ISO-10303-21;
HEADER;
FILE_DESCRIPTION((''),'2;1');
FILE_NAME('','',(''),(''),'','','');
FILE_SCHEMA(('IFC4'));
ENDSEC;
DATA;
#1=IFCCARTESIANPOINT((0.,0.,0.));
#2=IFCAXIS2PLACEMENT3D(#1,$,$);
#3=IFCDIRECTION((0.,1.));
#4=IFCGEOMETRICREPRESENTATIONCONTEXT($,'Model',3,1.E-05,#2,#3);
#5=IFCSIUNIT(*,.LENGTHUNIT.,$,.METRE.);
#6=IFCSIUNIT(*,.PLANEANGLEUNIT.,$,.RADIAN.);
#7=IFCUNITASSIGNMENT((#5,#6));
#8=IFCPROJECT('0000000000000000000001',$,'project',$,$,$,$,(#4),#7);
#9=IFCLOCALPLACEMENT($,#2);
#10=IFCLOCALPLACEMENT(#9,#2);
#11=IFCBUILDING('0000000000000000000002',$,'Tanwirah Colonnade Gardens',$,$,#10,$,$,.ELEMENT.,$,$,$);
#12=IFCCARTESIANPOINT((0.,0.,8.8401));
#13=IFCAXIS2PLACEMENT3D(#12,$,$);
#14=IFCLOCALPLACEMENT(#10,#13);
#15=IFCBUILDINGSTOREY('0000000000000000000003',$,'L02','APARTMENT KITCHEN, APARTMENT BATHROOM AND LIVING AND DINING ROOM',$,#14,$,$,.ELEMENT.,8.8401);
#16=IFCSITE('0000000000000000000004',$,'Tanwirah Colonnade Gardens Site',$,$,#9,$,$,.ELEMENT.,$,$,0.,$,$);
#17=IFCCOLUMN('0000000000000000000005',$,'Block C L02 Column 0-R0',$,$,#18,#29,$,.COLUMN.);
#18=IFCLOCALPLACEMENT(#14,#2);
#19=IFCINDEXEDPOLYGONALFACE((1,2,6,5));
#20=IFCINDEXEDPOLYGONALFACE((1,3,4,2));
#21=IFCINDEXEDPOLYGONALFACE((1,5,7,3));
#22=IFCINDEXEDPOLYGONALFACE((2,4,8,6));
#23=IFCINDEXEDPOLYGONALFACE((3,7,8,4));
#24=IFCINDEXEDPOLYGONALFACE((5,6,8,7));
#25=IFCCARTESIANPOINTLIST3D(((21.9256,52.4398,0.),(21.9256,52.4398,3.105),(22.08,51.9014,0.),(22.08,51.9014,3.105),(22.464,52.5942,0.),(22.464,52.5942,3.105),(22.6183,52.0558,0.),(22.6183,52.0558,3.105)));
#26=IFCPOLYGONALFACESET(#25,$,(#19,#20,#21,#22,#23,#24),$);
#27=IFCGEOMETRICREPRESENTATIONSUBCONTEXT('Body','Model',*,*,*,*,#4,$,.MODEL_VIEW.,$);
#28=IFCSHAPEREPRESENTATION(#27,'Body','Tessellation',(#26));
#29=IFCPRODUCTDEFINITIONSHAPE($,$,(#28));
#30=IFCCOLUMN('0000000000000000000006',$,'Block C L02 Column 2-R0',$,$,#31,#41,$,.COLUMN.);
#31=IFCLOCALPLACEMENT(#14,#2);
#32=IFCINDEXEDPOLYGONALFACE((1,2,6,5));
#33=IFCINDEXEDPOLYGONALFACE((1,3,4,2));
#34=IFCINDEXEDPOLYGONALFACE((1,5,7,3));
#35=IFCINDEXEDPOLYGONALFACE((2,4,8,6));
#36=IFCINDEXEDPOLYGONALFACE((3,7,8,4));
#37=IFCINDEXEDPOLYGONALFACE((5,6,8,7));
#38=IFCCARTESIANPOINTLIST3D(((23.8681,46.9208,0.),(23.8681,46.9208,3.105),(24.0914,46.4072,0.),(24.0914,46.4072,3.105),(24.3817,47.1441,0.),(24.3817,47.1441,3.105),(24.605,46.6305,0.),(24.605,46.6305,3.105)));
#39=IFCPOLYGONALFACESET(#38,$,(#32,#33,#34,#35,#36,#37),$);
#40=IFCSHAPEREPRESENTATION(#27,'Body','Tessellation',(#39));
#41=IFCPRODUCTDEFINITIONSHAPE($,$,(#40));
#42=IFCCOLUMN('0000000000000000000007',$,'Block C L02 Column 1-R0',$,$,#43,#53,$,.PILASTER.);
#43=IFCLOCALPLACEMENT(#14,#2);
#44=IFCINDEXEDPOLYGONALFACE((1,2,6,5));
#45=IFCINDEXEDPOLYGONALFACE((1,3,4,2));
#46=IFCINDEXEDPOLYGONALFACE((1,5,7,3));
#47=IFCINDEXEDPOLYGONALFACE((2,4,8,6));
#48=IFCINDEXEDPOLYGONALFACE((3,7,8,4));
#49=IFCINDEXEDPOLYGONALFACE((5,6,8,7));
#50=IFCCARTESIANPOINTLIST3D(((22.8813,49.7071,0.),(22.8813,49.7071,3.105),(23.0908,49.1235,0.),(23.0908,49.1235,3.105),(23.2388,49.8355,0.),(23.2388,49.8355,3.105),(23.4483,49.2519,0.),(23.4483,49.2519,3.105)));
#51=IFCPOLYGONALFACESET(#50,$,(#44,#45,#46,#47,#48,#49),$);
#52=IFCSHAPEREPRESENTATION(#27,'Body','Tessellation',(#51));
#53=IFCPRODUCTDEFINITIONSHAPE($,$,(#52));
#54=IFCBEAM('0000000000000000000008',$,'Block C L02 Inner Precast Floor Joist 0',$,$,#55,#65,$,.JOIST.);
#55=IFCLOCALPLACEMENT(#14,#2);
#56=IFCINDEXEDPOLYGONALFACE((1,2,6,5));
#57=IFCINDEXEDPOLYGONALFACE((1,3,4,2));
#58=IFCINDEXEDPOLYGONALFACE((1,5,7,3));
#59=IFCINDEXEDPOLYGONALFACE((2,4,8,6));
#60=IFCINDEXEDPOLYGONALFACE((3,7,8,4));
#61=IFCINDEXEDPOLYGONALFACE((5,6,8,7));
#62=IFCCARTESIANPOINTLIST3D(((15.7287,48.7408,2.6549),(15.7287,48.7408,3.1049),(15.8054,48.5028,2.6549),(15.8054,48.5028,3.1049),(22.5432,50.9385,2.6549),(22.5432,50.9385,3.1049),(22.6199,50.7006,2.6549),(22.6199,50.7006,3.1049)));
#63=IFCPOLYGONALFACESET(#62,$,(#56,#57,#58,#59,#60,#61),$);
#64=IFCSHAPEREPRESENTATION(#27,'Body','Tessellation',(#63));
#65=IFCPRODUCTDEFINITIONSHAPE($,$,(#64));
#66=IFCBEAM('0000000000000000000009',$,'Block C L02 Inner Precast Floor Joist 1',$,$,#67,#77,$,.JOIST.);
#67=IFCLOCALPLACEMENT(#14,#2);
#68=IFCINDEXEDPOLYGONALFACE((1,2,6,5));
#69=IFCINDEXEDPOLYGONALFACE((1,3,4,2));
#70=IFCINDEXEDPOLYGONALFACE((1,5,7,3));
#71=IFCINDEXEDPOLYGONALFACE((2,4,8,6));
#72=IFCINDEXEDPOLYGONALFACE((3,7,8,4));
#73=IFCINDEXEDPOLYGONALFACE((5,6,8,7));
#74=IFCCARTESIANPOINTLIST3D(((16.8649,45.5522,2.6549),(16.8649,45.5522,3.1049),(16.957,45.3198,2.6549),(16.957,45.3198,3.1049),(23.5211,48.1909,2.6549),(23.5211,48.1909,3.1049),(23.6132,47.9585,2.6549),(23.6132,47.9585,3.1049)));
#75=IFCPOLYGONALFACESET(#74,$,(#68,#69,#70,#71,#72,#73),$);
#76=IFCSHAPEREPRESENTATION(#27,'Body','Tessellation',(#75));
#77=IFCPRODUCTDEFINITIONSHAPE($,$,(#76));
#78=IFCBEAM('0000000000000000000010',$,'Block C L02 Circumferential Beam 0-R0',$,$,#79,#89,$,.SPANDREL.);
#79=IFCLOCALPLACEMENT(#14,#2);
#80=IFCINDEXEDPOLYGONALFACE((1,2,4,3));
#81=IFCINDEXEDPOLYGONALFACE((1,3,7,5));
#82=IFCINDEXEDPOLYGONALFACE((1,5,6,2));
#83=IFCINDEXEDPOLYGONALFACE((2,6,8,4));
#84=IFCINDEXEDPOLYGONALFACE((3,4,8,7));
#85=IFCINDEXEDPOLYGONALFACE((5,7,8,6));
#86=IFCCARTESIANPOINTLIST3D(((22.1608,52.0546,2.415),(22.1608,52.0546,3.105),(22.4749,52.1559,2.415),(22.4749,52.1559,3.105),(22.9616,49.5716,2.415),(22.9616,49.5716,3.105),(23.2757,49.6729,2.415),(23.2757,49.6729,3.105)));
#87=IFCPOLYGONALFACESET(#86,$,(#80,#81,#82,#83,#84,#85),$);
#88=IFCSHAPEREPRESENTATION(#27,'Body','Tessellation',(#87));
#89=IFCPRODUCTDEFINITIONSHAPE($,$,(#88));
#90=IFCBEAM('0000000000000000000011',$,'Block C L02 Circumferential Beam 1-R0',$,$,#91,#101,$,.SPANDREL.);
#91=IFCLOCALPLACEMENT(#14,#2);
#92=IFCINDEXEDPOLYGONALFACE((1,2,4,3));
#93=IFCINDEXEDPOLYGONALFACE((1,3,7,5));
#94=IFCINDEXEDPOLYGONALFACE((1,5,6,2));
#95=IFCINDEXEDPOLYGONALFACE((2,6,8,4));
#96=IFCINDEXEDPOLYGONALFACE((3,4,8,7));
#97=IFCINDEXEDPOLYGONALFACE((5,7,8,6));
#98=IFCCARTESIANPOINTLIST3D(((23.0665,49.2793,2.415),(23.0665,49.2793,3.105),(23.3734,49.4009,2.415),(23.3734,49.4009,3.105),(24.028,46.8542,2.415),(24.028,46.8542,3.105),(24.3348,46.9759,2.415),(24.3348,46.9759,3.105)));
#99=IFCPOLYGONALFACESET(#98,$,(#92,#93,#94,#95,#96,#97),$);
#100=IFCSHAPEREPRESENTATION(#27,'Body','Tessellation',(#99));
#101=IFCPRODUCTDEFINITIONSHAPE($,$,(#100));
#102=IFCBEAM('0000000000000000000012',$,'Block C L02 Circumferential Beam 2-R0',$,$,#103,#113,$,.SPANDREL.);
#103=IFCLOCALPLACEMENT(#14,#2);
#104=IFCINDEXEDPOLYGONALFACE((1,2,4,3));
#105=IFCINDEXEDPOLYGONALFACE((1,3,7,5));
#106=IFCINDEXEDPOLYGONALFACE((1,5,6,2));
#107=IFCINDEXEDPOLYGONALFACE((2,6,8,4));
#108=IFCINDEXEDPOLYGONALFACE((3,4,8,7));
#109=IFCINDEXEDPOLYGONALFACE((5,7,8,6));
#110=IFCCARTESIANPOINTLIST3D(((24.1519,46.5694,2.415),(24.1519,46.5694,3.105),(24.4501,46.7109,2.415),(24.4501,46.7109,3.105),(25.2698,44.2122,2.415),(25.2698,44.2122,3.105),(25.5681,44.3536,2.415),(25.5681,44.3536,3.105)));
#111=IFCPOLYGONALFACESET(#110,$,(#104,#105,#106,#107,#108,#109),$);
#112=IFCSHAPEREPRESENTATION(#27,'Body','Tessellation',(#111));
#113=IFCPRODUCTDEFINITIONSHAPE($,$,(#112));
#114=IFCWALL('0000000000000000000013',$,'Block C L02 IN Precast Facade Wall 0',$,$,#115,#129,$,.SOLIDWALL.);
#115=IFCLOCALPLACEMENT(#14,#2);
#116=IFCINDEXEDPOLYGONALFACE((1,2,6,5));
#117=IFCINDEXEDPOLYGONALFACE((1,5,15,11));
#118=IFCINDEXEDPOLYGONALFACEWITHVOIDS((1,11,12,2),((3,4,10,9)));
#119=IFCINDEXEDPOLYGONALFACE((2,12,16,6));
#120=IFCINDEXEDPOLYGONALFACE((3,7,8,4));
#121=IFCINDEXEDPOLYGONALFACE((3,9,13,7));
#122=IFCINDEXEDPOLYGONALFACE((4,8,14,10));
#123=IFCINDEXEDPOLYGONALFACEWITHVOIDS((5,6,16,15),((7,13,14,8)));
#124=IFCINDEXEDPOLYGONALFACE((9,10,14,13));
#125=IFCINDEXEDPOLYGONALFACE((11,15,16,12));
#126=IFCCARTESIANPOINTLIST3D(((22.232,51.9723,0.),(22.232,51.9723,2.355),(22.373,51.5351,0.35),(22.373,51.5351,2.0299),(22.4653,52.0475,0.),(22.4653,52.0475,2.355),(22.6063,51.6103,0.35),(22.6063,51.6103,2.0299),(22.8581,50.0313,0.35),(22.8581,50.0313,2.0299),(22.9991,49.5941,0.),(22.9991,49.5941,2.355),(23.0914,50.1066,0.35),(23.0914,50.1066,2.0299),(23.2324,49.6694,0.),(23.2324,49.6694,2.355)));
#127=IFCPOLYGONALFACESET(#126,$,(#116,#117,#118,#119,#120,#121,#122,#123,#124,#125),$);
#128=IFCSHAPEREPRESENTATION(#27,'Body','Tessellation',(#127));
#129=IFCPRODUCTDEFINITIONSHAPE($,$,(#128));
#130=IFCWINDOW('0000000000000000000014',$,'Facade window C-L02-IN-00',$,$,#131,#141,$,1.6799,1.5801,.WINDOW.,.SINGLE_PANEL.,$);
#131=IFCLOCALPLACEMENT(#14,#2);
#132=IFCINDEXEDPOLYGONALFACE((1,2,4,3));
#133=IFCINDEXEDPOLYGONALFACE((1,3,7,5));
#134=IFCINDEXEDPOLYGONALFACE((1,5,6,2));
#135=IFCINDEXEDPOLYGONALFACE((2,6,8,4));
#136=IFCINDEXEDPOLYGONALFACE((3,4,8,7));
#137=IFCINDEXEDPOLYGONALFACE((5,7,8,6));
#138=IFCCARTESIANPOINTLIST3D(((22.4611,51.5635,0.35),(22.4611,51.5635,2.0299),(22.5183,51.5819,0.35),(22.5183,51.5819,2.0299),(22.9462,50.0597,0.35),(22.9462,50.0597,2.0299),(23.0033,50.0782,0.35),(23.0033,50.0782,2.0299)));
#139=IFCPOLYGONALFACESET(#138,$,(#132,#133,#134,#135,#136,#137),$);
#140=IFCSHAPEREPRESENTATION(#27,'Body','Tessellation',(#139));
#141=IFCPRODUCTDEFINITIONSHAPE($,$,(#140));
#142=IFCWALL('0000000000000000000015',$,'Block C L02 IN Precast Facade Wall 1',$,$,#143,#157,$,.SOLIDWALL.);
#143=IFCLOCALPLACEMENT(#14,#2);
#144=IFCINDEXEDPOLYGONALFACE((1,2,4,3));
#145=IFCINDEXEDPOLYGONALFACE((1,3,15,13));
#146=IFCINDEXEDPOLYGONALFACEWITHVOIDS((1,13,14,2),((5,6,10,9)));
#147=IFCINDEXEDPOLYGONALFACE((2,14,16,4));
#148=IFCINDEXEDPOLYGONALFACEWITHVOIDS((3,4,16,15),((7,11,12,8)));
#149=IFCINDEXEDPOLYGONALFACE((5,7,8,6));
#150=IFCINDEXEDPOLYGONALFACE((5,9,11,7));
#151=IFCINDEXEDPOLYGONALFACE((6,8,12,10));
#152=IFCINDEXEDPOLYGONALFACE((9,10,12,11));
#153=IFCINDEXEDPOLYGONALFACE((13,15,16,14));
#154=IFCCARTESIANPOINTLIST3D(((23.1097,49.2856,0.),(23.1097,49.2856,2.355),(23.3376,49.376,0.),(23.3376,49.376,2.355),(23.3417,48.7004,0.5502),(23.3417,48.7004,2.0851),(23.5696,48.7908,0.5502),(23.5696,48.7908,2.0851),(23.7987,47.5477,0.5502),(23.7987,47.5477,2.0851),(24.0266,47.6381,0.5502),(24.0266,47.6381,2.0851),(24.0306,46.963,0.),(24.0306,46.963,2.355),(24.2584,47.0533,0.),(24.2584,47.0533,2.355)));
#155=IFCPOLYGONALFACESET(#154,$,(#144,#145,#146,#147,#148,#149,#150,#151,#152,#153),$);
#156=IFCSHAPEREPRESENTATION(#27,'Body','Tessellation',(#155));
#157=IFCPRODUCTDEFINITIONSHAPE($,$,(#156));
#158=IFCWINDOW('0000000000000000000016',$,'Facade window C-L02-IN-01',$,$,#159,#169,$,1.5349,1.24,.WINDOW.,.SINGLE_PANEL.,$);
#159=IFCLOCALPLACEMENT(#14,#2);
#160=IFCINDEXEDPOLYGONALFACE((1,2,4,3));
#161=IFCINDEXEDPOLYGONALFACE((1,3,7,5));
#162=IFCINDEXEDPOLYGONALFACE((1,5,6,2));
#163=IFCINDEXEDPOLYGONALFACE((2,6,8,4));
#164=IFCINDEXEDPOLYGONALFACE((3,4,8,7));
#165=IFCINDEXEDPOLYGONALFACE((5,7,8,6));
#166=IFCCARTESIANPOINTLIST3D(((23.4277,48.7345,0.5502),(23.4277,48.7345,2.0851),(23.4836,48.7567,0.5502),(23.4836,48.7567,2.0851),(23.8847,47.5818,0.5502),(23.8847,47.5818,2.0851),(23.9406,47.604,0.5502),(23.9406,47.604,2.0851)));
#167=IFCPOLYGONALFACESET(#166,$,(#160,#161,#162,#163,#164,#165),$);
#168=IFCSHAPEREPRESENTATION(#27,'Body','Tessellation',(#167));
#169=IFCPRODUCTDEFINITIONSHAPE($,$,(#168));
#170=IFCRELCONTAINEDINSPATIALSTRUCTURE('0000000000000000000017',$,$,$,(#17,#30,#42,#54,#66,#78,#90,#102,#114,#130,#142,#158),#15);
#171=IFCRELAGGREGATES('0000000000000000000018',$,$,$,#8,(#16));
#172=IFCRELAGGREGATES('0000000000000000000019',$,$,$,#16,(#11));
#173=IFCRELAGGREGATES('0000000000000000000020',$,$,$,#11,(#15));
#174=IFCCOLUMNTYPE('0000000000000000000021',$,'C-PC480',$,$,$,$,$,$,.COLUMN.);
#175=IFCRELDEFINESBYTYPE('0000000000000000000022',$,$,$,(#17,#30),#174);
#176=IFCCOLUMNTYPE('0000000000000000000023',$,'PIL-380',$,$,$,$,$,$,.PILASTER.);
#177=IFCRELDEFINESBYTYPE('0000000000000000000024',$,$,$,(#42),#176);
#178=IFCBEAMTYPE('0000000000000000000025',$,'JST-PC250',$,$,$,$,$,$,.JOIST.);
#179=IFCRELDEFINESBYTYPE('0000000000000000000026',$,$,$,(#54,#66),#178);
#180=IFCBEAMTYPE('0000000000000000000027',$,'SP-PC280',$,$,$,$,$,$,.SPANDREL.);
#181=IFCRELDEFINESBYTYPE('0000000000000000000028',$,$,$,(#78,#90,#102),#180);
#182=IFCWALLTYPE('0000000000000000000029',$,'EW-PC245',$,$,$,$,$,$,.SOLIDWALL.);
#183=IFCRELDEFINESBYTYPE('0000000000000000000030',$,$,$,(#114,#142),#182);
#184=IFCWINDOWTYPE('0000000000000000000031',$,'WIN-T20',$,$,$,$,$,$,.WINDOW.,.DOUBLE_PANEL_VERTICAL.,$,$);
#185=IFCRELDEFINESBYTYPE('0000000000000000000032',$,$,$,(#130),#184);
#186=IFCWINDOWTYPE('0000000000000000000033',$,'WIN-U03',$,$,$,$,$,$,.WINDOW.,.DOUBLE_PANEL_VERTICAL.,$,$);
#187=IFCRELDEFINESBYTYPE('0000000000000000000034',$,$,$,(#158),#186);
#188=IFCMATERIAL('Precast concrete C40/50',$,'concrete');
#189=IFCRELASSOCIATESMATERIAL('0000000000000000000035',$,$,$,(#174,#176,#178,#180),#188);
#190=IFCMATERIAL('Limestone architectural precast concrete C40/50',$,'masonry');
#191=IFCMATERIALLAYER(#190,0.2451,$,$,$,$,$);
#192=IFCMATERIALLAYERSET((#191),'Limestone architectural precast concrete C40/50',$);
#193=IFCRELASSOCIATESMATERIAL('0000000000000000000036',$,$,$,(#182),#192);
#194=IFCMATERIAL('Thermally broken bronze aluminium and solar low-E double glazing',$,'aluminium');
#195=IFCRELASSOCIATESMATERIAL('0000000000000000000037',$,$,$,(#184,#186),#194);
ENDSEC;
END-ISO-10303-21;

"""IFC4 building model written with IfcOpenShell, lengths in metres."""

from ifc_helpers import new_model, si_unit, direction, frame, frame_2d, origin, origin_2d, place, context, subcontext, project, spatial, rectangle, extrude, material, layer, layer_set, material_profile, profile_set, type_object, element, fill, save


model = new_model("IFC4")

# Units and contexts
model_context = context("Model", 3, precision=1e-05, world=origin(), true_north=direction((0.0, 1.0)))
body_context = subcontext(model_context, "Body", "Model", "MODEL_VIEW")
ifc_project = project(units=[si_unit("LENGTHUNIT", "METRE"), si_unit("PLANEANGLEUNIT", "RADIAN")], contexts=[model_context])

# Site, building, storey
site_placement = place(None, origin())
site = spatial("IfcSite", under=ifc_project, at=site_placement, Name="Tanwirah Colonnade Gardens Site", CompositionType="ELEMENT", RefElevation=0.0)
building_placement = place(site_placement, origin())
building = spatial("IfcBuilding", under=site, at=building_placement, Name="Tanwirah Colonnade Gardens", CompositionType="ELEMENT")
storey_placement = place(building_placement, frame((0.0, 0.0, 8.8401)))
storey = spatial("IfcBuildingStorey", under=building, at=storey_placement, Name="L02", Description="APARTMENT KITCHEN, APARTMENT BATHROOM AND LIVING AND DINING ROOM", CompositionType="ELEMENT", Elevation=8.8401)

# Columns
ifc_material_1 = material(Name="Precast concrete C40/50", Category="concrete")
ifc_material_profile_1 = material_profile(ifc_material_1, rectangle(XDim=0.5601, YDim=0.5601, at=origin_2d()), Name="PC-COL 560x560")
ifc_profile_set_1 = profile_set([ifc_material_profile_1], Name="Precast concrete C40/50")
column_type_1 = type_object("IfcColumnType", Name="C-PC480", PredefinedType="COLUMN", material=ifc_profile_set_1)
for number, where, z_axis, x_axis, name in (
    (1, (22.272, 52.2478, 0.0), (0.0, 0.0, 1.0), (-0.961262, -0.275637, 0.0), "Block C L02 Column 0-R0"),
    (2, (24.2366, 46.7756, 0.0), (0.0, 0.0, 1.0), (-0.91706, -0.398749, 0.0), "Block C L02 Column 2-R0"),
):
    element("IfcColumn", number, at=place(storey_placement, frame(where, z_axis=z_axis, x_axis=x_axis)), inside=storey, type_object=column_type_1, Name=name, PredefinedType="COLUMN", context=body_context, shape_type="SweptSolid", body=[
        extrude(rectangle(XDim=0.5601, YDim=0.5601, at=origin_2d()), origin(), (0.0, 0.0, 1.0), 3.105),
    ])
ifc_material_profile_2 = material_profile(ifc_material_1, rectangle(XDim=0.3799, YDim=0.6201, at=origin_2d()), Name="PC-PIL 380x620")
ifc_profile_set_2 = profile_set([ifc_material_profile_2], Name="Precast concrete C40/50")
column_type_2 = type_object("IfcColumnType", Name="PIL-380", PredefinedType="PILASTER", material=ifc_profile_set_2)
column_placement = place(storey_placement, frame((23.1648, 49.4795, 0.0), z_axis=(0.0, 0.0, 1.0), x_axis=(-0.941176, -0.337917, 0.0)))
element("IfcColumn", 3, at=column_placement, inside=storey, type_object=column_type_2, Name="Block C L02 Column 1-R0", PredefinedType="PILASTER", context=body_context, shape_type="SweptSolid", body=[
    extrude(rectangle(XDim=0.3799, YDim=0.6201, at=origin_2d()), origin(), (0.0, 0.0, 1.0), 3.105),
])

# Beams
ifc_material_profile_3 = material_profile(ifc_material_1, rectangle(XDim=0.25, YDim=0.45, at=origin_2d()), Name="PC-JST 250x450")
ifc_profile_set_3 = profile_set([ifc_material_profile_3], Name="Precast concrete C40/50")
beam_type_1 = type_object("IfcBeamType", Name="JST-PC250", PredefinedType="JOIST", material=ifc_profile_set_3)
for number, where, z_axis, x_axis, name in (
    (4, (22.5815, 50.8196, 2.8799), (-0.951727, -0.306945, 0.0), (0.306945, -0.951727, 0.0), "Block C L02 Inner Precast Floor Joist 0"),
    (5, (23.5671, 48.0747, 2.8799), (-0.92962, -0.36852, 0.0), (0.36852, -0.92962, 0.0), "Block C L02 Inner Precast Floor Joist 1"),
):
    element("IfcBeam", number, at=place(storey_placement, frame(where, z_axis=z_axis, x_axis=x_axis)), inside=storey, type_object=beam_type_1, Name=name, PredefinedType="JOIST", context=body_context, shape_type="SweptSolid", body=[
        extrude(rectangle(XDim=0.25, YDim=0.45, at=origin_2d()), origin(), (0.0, 0.0, 1.0), 7.1602),
    ])
ifc_material_profile_4 = material_profile(ifc_material_1, rectangle(XDim=0.3301, YDim=0.6899, at=origin_2d()), Name="PC-SP 330x690")
ifc_profile_set_4 = profile_set([ifc_material_profile_4], Name="Precast concrete C40/50")
beam_type_2 = type_object("IfcBeamType", Name="SP-PC280", PredefinedType="SPANDREL", material=ifc_profile_set_4)
beam_1_placement = place(storey_placement, frame((22.3179, 52.1052, 2.76), z_axis=(0.306948, -0.951726, 0.0), x_axis=(0.951726, 0.306948, 0.0)))
element("IfcBeam", 6, at=beam_1_placement, inside=storey, type_object=beam_type_2, Name="Block C L02 Circumferential Beam 0-R0", PredefinedType="SPANDREL", context=body_context, shape_type="SweptSolid", body=[
    extrude(rectangle(XDim=0.3301, YDim=0.6899, at=origin_2d()), origin(), (0.0, 0.0, 1.0), 2.6089),
])
beam_2_placement = place(storey_placement, frame((23.22, 49.3401, 2.76), z_axis=(0.368549, -0.929608, 0.0), x_axis=(0.929608, 0.368549, 0.0)))
element("IfcBeam", 7, at=beam_2_placement, inside=storey, type_object=beam_type_2, Name="Block C L02 Circumferential Beam 1-R0", PredefinedType="SPANDREL", context=body_context, shape_type="SweptSolid", body=[
    extrude(rectangle(XDim=0.3301, YDim=0.6899, at=origin_2d()), origin(), (0.0, 0.0, 1.0), 2.6086),
])
beam_3_placement = place(storey_placement, frame((24.301, 46.6401, 2.76), z_axis=(0.428513, -0.903536, 0.0), x_axis=(0.903536, 0.428513, 0.0)))
element("IfcBeam", 8, at=beam_3_placement, inside=storey, type_object=beam_type_2, Name="Block C L02 Circumferential Beam 2-R0", PredefinedType="SPANDREL", context=body_context, shape_type="SweptSolid", body=[
    extrude(rectangle(XDim=0.3301, YDim=0.6899, at=origin_2d()), origin(), (0.0, 0.0, 1.0), 2.6089),
])

# Walls, openings, windows
ifc_material_2 = material(Name="Limestone architectural precast concrete C40/50", Category="masonry")
ifc_layer_1 = layer(ifc_material_2, 0.2451)
ifc_layer_set_1 = layer_set([ifc_layer_1], Name="Limestone architectural precast concrete C40/50")
wall_type_1 = type_object("IfcWallType", Name="EW-PC245", PredefinedType="SOLIDWALL", material=ifc_layer_set_1)
wall_1_placement = place(storey_placement, frame((22.3486, 52.01, 0.0), z_axis=(0.0, 0.0, 1.0), x_axis=(0.30698, -0.951716, 0.0)))
wall_1 = element("IfcWall", 9, at=wall_1_placement, inside=storey, type_object=wall_type_1, Name="Block C L02 IN Precast Facade Wall 0", PredefinedType="SOLIDWALL", context=body_context, shape_type="SweptSolid", body=[
    extrude(rectangle(XDim=2.4988, YDim=0.2451, at=frame_2d((1.2495, 0.0))), origin(), (0.0, 0.0, 1.0), 2.355),
])
opening_1_placement = place(wall_1_placement, frame((0.4595, 0.0, 0.3501)))
opening_1 = element("IfcOpeningElement", 10, at=opening_1_placement, cuts=wall_1, PredefinedType="OPENING", context=body_context, shape_type="SweptSolid", body=[
    extrude(rectangle(XDim=1.5801, YDim=1.6799, at=frame_2d((0.79, 0.8398))), frame((0.0, 0.1326, 0.0), z_axis=(0.0, -1.0, 0.0), x_axis=(1.0, 0.0, 0.0)), (0.0, 0.0, 1.0), 0.2651),
])
ifc_material_3 = material(Name="Thermally broken bronze aluminium and solar low-E double glazing", Category="aluminium")
window_type_1 = type_object("IfcWindowType", Name="WIN-T20", PartitioningType="DOUBLE_PANEL_VERTICAL", PredefinedType="WINDOW", material=ifc_material_3)
window_1_placement = place(opening_1_placement, origin())
window_1 = element("IfcWindow", 11, at=window_1_placement, inside=storey, type_object=window_type_1, Name="Facade window C-L02-IN-00", OverallHeight=1.6799, OverallWidth=1.5801, PartitioningType="SINGLE_PANEL", PredefinedType="WINDOW", context=body_context, shape_type="SweptSolid", body=[
    extrude(rectangle(XDim=1.5801, YDim=1.6799, at=frame_2d((0.79, 0.8398))), frame((0.0, 0.03, 0.0), z_axis=(0.0, -1.0, 0.0), x_axis=(1.0, 0.0, 0.0)), (0.0, 0.0, 1.0), 0.0601),
])
fill(opening_1, window_1)
wall_2_placement = place(storey_placement, frame((23.2236, 49.3308, 0.0), z_axis=(0.0, 0.0, 1.0), x_axis=(0.368559, -0.929604, 0.0)))
wall_2 = element("IfcWall", 12, at=wall_2_placement, inside=storey, type_object=wall_type_1, Name="Block C L02 IN Precast Facade Wall 1", PredefinedType="SOLIDWALL", context=body_context, shape_type="SweptSolid", body=[
    extrude(rectangle(XDim=2.4985, YDim=0.2451, at=frame_2d((1.2493, 0.0))), origin(), (0.0, 0.0, 1.0), 2.355),
])
opening_2_placement = place(wall_2_placement, frame((0.6294, 0.0, 0.55)))
opening_2 = element("IfcOpeningElement", 13, at=opening_2_placement, cuts=wall_2, PredefinedType="OPENING", context=body_context, shape_type="SweptSolid", body=[
    extrude(rectangle(XDim=1.24, YDim=1.5349, at=frame_2d((0.6201, 0.7676))), frame((0.0, 0.1326, 0.0), z_axis=(0.0, -1.0, 0.0), x_axis=(1.0, 0.0, 0.0)), (0.0, 0.0, 1.0), 0.2651),
])
window_type_2 = type_object("IfcWindowType", Name="WIN-U03", PartitioningType="DOUBLE_PANEL_VERTICAL", PredefinedType="WINDOW", material=ifc_material_3)
window_2_placement = place(opening_2_placement, origin())
window_2 = element("IfcWindow", 14, at=window_2_placement, inside=storey, type_object=window_type_2, Name="Facade window C-L02-IN-01", OverallHeight=1.5349, OverallWidth=1.24, PartitioningType="SINGLE_PANEL", PredefinedType="WINDOW", context=body_context, shape_type="SweptSolid", body=[
    extrude(rectangle(XDim=1.24, YDim=1.5349, at=frame_2d((0.6201, 0.7676))), frame((0.0, 0.03, 0.0), z_axis=(0.0, -1.0, 0.0), x_axis=(1.0, 0.0, 0.0)), (0.0, 0.0, 1.0), 0.0601),
])
fill(opening_2, window_2)

save(model, "model.ifc")
